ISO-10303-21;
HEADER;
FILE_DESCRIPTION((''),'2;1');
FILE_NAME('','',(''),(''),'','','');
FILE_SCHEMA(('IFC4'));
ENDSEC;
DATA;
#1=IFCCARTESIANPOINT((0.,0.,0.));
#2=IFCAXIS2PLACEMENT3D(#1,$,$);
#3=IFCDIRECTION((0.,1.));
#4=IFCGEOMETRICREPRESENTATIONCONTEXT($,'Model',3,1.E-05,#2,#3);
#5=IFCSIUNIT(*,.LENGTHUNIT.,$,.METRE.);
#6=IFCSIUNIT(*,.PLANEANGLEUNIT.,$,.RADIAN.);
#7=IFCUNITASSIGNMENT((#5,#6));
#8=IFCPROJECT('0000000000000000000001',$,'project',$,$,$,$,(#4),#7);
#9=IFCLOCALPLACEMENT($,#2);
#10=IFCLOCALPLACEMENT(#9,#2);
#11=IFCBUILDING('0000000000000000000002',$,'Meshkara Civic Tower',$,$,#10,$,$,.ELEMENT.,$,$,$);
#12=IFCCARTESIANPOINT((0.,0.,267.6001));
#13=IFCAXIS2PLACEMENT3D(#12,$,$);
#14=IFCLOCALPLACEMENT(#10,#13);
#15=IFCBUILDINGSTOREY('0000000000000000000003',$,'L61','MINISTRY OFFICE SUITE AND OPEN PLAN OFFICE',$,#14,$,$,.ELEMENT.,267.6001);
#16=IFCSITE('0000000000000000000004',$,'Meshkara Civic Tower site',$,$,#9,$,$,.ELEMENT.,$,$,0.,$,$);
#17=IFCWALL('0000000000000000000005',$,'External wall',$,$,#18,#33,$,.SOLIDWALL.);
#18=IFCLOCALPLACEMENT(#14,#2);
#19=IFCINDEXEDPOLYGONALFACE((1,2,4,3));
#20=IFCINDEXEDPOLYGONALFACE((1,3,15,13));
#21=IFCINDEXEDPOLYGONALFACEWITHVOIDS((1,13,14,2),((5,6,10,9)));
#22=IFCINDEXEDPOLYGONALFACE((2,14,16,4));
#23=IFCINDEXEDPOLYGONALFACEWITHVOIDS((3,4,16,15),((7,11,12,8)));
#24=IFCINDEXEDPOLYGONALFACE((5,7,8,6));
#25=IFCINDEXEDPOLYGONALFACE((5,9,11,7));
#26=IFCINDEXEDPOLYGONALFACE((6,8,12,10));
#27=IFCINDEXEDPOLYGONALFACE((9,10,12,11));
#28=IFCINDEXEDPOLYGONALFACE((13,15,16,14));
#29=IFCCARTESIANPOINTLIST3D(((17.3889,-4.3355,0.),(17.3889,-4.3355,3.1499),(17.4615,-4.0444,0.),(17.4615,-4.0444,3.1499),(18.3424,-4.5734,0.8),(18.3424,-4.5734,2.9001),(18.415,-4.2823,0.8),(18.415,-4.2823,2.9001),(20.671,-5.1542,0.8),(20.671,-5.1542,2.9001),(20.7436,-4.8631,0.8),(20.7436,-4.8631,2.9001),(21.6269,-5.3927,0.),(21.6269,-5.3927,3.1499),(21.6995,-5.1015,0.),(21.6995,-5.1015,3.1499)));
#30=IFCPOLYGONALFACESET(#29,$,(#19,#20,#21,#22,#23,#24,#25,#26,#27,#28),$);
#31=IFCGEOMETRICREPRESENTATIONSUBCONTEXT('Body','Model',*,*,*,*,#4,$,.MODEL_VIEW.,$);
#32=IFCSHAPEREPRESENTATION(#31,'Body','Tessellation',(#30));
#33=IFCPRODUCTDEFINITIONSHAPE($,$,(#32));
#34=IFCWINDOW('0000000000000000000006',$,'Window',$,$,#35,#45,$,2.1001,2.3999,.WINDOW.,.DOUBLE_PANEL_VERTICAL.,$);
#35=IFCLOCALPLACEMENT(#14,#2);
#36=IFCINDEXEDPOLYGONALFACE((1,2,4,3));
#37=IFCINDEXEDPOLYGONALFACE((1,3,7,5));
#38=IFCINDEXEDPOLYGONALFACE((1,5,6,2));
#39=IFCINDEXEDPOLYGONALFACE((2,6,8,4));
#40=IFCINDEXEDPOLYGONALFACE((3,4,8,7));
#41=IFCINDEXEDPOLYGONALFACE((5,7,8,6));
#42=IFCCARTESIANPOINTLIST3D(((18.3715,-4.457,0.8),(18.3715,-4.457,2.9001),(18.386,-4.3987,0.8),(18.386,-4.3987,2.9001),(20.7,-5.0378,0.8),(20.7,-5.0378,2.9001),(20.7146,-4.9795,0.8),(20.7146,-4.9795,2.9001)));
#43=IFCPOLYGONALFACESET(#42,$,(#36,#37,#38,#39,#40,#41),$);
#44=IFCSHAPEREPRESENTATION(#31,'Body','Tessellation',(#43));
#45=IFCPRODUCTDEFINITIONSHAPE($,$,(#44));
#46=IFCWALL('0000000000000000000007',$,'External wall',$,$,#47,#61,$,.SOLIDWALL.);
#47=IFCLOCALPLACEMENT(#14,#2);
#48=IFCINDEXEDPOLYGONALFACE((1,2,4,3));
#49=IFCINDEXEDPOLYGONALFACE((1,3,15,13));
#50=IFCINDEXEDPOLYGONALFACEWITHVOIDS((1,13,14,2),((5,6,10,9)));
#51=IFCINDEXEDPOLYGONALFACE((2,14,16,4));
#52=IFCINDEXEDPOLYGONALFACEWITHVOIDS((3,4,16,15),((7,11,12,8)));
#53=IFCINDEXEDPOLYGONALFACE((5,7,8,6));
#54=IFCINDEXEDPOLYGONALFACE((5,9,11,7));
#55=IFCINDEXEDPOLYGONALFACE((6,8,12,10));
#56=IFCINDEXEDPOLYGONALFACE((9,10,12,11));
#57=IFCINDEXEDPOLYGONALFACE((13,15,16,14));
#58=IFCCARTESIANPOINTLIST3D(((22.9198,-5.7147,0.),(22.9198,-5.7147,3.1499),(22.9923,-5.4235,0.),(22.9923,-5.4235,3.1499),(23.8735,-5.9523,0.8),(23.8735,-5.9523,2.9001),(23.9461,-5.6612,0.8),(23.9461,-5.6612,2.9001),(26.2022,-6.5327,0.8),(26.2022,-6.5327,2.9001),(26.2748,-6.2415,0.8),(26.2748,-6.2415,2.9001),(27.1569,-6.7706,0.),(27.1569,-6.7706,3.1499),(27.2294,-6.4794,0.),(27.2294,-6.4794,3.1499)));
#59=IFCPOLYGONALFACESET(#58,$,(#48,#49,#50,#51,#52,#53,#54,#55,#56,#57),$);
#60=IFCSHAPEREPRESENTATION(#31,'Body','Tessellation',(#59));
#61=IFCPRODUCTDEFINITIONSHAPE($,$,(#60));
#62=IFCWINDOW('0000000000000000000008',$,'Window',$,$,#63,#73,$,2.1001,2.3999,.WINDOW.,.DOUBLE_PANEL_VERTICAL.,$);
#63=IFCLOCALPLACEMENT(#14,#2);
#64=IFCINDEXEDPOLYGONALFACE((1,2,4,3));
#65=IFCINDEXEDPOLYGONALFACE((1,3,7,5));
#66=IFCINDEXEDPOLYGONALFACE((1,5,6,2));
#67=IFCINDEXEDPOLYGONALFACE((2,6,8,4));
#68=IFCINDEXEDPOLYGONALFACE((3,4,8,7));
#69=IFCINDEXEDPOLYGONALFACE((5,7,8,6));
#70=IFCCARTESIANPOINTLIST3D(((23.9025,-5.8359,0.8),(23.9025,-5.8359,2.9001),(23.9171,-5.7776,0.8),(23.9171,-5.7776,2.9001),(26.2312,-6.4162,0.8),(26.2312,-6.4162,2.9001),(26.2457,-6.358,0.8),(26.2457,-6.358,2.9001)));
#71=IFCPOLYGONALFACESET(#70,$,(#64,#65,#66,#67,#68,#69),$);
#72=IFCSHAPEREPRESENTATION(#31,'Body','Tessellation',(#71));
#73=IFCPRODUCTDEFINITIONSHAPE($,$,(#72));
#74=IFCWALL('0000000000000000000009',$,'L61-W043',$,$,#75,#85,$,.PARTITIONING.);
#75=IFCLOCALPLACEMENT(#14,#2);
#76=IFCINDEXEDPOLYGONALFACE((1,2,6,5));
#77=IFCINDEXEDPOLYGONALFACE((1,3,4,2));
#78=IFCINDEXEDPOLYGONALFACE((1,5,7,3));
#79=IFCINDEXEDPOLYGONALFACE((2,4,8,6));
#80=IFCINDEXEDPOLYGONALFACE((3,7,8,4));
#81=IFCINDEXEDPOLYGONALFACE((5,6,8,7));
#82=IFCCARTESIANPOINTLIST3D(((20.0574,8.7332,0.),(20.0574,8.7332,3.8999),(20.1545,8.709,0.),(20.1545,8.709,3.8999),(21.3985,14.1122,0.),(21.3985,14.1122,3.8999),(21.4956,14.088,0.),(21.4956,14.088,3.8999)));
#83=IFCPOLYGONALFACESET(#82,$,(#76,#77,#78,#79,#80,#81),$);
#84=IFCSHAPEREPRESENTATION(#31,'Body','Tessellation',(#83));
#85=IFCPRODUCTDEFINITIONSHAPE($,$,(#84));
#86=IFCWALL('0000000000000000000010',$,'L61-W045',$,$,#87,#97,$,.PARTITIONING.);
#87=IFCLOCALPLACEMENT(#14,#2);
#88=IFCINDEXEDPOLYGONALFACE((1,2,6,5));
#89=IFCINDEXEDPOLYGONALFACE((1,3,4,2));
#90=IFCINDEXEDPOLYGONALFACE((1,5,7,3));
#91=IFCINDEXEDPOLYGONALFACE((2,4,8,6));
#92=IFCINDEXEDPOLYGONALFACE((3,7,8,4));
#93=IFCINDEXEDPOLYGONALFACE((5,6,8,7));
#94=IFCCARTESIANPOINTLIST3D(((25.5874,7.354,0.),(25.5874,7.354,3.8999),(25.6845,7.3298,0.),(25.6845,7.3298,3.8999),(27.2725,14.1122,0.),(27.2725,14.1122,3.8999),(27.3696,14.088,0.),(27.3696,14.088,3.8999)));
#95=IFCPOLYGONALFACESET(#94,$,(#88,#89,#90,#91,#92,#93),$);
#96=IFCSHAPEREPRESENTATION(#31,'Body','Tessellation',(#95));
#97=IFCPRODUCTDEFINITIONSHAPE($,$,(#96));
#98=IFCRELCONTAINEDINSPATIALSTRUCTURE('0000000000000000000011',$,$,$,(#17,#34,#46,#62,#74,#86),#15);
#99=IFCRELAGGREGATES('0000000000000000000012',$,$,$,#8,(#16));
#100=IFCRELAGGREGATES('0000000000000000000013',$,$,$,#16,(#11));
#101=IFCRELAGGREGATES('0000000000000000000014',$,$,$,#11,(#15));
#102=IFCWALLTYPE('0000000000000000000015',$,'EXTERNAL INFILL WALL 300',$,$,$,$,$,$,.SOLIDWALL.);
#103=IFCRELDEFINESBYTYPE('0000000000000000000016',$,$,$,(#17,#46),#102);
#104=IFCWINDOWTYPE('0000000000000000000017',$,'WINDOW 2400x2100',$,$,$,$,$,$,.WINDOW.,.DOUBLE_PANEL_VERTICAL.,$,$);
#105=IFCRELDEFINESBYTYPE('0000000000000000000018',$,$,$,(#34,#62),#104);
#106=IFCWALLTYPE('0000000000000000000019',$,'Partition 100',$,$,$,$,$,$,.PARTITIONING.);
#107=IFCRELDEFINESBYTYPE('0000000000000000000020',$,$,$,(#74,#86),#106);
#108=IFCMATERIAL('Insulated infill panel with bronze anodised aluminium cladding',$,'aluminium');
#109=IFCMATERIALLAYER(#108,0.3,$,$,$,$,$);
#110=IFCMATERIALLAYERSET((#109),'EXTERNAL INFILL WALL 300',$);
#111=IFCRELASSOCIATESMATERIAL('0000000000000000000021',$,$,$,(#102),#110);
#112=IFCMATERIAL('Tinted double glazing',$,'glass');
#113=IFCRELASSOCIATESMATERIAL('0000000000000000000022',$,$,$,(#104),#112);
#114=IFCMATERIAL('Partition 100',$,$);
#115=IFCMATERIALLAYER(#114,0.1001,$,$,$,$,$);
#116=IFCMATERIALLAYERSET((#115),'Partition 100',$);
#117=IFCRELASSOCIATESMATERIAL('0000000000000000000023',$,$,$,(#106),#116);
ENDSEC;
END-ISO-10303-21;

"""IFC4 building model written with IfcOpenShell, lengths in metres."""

from ifc_helpers import new_model, si_unit, direction, frame, frame_2d, origin, place, context, subcontext, project, spatial, rectangle, extrude, material, layer, layer_set, type_object, element, fill, save


model = new_model("IFC4")

# Units and contexts
model_context = context("Model", 3, precision=1e-05, world=origin(), true_north=direction((0.0, 1.0)))
body_context = subcontext(model_context, "Body", "Model", "MODEL_VIEW")
ifc_project = project(units=[si_unit("LENGTHUNIT", "METRE"), si_unit("PLANEANGLEUNIT", "RADIAN")], contexts=[model_context])

# Site, building, storey
site_placement = place(None, origin())
site = spatial("IfcSite", under=ifc_project, at=site_placement, Name="Meshkara Civic Tower site", CompositionType="ELEMENT", RefElevation=0.0)
building_placement = place(site_placement, origin())
building = spatial("IfcBuilding", under=site, at=building_placement, Name="Meshkara Civic Tower", CompositionType="ELEMENT")
storey_placement = place(building_placement, frame((0.0, 0.0, 267.6001)))
storey = spatial("IfcBuildingStorey", under=building, at=storey_placement, Name="L61", Description="MINISTRY OFFICE SUITE AND OPEN PLAN OFFICE", CompositionType="ELEMENT", Elevation=267.6001)

# Walls, openings, windows
ifc_material_1 = material(Name="Insulated infill panel with bronze anodised aluminium cladding", Category="aluminium")
ifc_layer_1 = layer(ifc_material_1, 0.3)
ifc_layer_set_1 = layer_set([ifc_layer_1], Name="EXTERNAL INFILL WALL 300")
wall_type_1 = type_object("IfcWallType", Name="EXTERNAL INFILL WALL 300", PredefinedType="SOLIDWALL", material=ifc_layer_set_1)
wall_1_placement = place(storey_placement, frame((17.425, -4.1899, 0.0), z_axis=(0.0, 0.0, 1.0), x_axis=(0.970271, -0.242023, 0.0)))
wall_1 = element("IfcWall", 1, at=wall_1_placement, inside=storey, type_object=wall_type_1, Name="External wall", PredefinedType="SOLIDWALL", context=body_context, shape_type="SweptSolid", body=[
    extrude(rectangle(XDim=4.3679, YDim=0.3, at=frame_2d((2.1841, 0.0))), origin(), (0.0, 0.0, 1.0), 3.1499),
])
opening_1_placement = place(wall_1_placement, frame((0.9829, 0.0, 0.8)))
opening_1 = element("IfcOpeningElement", 2, at=opening_1_placement, cuts=wall_1, PredefinedType="OPENING", context=body_context, shape_type="SweptSolid", body=[
    extrude(rectangle(XDim=2.3999, YDim=2.1001, at=frame_2d((1.2, 1.05))), frame((0.0, 0.1599, 0.0), z_axis=(0.0, -1.0, 0.0), x_axis=(1.0, 0.0, 0.0)), (0.0, 0.0, 1.0), 0.3201),
])
ifc_material_2 = material(Name="Tinted double glazing", Category="glass")
window_type = type_object("IfcWindowType", Name="WINDOW 2400x2100", PartitioningType="DOUBLE_PANEL_VERTICAL", PredefinedType="WINDOW", material=ifc_material_2)
window_1_placement = place(opening_1_placement, origin())
window_1 = element("IfcWindow", 3, at=window_1_placement, inside=storey, type_object=window_type, Name="Window", OverallHeight=2.1001, OverallWidth=2.3999, PartitioningType="DOUBLE_PANEL_VERTICAL", PredefinedType="WINDOW", context=body_context, shape_type="SweptSolid", body=[
    extrude(rectangle(XDim=2.3999, YDim=2.1001, at=frame_2d((1.2, 1.05))), frame((0.0, 0.03, 0.0), z_axis=(0.0, -1.0, 0.0), x_axis=(1.0, 0.0, 0.0)), (0.0, 0.0, 1.0), 0.0601),
])
fill(opening_1, window_1)
wall_2_placement = place(storey_placement, frame((22.9561, -5.5691, 0.0), z_axis=(0.0, 0.0, 1.0), x_axis=(0.970323, -0.241812, 0.0)))
wall_2 = element("IfcWall", 4, at=wall_2_placement, inside=storey, type_object=wall_type_1, Name="External wall", PredefinedType="SOLIDWALL", context=body_context, shape_type="SweptSolid", body=[
    extrude(rectangle(XDim=4.3667, YDim=0.3, at=frame_2d((2.1833, 0.0))), origin(), (0.0, 0.0, 1.0), 3.1499),
])
opening_2_placement = place(wall_2_placement, frame((0.9829, 0.0, 0.8)))
opening_2 = element("IfcOpeningElement", 5, at=opening_2_placement, cuts=wall_2, PredefinedType="OPENING", context=body_context, shape_type="SweptSolid", body=[
    extrude(rectangle(XDim=2.3999, YDim=2.1001, at=frame_2d((1.2, 1.05))), frame((0.0, 0.1599, 0.0), z_axis=(0.0, -1.0, 0.0), x_axis=(1.0, 0.0, 0.0)), (0.0, 0.0, 1.0), 0.3201),
])
window_2_placement = place(opening_2_placement, origin())
window_2 = element("IfcWindow", 6, at=window_2_placement, inside=storey, type_object=window_type, Name="Window", OverallHeight=2.1001, OverallWidth=2.3999, PartitioningType="DOUBLE_PANEL_VERTICAL", PredefinedType="WINDOW", context=body_context, shape_type="SweptSolid", body=[
    extrude(rectangle(XDim=2.3999, YDim=2.1001, at=frame_2d((1.2, 1.05))), frame((0.0, 0.03, 0.0), z_axis=(0.0, -1.0, 0.0), x_axis=(1.0, 0.0, 0.0)), (0.0, 0.0, 1.0), 0.0601),
])
fill(opening_2, window_2)

# Walls
ifc_material_3 = material(Name="Partition 100")
ifc_layer_2 = layer(ifc_material_3, 0.1001)
ifc_layer_set_2 = layer_set([ifc_layer_2], Name="Partition 100")
wall_type_2 = type_object("IfcWallType", Name="Partition 100", PredefinedType="PARTITIONING", material=ifc_layer_set_2)
wall_3_placement = place(storey_placement, frame((20.106, 8.7209, 0.0), z_axis=(0.0, 0.0, 1.0), x_axis=(0.241903, 0.9703, 0.0)))
element("IfcWall", 7, at=wall_3_placement, inside=storey, type_object=wall_type_2, Name="L61-W043", PredefinedType="PARTITIONING", context=body_context, shape_type="SweptSolid", body=[
    extrude(rectangle(XDim=5.5437, YDim=0.1001, at=frame_2d((2.772, 0.0))), origin(), (0.0, 0.0, 1.0), 3.8999),
])
wall_4_placement = place(storey_placement, frame((25.636, 7.342, 0.0), z_axis=(0.0, 0.0, 1.0), x_axis=(0.241933, 0.970293, 0.0)))
element("IfcWall", 8, at=wall_4_placement, inside=storey, type_object=wall_type_2, Name="L61-W045", PredefinedType="PARTITIONING", context=body_context, shape_type="SweptSolid", body=[
    extrude(rectangle(XDim=6.9651, YDim=0.1001, at=frame_2d((3.4824, 0.0))), origin(), (0.0, 0.0, 1.0), 3.8999),
])

save(model, "model.ifc")
